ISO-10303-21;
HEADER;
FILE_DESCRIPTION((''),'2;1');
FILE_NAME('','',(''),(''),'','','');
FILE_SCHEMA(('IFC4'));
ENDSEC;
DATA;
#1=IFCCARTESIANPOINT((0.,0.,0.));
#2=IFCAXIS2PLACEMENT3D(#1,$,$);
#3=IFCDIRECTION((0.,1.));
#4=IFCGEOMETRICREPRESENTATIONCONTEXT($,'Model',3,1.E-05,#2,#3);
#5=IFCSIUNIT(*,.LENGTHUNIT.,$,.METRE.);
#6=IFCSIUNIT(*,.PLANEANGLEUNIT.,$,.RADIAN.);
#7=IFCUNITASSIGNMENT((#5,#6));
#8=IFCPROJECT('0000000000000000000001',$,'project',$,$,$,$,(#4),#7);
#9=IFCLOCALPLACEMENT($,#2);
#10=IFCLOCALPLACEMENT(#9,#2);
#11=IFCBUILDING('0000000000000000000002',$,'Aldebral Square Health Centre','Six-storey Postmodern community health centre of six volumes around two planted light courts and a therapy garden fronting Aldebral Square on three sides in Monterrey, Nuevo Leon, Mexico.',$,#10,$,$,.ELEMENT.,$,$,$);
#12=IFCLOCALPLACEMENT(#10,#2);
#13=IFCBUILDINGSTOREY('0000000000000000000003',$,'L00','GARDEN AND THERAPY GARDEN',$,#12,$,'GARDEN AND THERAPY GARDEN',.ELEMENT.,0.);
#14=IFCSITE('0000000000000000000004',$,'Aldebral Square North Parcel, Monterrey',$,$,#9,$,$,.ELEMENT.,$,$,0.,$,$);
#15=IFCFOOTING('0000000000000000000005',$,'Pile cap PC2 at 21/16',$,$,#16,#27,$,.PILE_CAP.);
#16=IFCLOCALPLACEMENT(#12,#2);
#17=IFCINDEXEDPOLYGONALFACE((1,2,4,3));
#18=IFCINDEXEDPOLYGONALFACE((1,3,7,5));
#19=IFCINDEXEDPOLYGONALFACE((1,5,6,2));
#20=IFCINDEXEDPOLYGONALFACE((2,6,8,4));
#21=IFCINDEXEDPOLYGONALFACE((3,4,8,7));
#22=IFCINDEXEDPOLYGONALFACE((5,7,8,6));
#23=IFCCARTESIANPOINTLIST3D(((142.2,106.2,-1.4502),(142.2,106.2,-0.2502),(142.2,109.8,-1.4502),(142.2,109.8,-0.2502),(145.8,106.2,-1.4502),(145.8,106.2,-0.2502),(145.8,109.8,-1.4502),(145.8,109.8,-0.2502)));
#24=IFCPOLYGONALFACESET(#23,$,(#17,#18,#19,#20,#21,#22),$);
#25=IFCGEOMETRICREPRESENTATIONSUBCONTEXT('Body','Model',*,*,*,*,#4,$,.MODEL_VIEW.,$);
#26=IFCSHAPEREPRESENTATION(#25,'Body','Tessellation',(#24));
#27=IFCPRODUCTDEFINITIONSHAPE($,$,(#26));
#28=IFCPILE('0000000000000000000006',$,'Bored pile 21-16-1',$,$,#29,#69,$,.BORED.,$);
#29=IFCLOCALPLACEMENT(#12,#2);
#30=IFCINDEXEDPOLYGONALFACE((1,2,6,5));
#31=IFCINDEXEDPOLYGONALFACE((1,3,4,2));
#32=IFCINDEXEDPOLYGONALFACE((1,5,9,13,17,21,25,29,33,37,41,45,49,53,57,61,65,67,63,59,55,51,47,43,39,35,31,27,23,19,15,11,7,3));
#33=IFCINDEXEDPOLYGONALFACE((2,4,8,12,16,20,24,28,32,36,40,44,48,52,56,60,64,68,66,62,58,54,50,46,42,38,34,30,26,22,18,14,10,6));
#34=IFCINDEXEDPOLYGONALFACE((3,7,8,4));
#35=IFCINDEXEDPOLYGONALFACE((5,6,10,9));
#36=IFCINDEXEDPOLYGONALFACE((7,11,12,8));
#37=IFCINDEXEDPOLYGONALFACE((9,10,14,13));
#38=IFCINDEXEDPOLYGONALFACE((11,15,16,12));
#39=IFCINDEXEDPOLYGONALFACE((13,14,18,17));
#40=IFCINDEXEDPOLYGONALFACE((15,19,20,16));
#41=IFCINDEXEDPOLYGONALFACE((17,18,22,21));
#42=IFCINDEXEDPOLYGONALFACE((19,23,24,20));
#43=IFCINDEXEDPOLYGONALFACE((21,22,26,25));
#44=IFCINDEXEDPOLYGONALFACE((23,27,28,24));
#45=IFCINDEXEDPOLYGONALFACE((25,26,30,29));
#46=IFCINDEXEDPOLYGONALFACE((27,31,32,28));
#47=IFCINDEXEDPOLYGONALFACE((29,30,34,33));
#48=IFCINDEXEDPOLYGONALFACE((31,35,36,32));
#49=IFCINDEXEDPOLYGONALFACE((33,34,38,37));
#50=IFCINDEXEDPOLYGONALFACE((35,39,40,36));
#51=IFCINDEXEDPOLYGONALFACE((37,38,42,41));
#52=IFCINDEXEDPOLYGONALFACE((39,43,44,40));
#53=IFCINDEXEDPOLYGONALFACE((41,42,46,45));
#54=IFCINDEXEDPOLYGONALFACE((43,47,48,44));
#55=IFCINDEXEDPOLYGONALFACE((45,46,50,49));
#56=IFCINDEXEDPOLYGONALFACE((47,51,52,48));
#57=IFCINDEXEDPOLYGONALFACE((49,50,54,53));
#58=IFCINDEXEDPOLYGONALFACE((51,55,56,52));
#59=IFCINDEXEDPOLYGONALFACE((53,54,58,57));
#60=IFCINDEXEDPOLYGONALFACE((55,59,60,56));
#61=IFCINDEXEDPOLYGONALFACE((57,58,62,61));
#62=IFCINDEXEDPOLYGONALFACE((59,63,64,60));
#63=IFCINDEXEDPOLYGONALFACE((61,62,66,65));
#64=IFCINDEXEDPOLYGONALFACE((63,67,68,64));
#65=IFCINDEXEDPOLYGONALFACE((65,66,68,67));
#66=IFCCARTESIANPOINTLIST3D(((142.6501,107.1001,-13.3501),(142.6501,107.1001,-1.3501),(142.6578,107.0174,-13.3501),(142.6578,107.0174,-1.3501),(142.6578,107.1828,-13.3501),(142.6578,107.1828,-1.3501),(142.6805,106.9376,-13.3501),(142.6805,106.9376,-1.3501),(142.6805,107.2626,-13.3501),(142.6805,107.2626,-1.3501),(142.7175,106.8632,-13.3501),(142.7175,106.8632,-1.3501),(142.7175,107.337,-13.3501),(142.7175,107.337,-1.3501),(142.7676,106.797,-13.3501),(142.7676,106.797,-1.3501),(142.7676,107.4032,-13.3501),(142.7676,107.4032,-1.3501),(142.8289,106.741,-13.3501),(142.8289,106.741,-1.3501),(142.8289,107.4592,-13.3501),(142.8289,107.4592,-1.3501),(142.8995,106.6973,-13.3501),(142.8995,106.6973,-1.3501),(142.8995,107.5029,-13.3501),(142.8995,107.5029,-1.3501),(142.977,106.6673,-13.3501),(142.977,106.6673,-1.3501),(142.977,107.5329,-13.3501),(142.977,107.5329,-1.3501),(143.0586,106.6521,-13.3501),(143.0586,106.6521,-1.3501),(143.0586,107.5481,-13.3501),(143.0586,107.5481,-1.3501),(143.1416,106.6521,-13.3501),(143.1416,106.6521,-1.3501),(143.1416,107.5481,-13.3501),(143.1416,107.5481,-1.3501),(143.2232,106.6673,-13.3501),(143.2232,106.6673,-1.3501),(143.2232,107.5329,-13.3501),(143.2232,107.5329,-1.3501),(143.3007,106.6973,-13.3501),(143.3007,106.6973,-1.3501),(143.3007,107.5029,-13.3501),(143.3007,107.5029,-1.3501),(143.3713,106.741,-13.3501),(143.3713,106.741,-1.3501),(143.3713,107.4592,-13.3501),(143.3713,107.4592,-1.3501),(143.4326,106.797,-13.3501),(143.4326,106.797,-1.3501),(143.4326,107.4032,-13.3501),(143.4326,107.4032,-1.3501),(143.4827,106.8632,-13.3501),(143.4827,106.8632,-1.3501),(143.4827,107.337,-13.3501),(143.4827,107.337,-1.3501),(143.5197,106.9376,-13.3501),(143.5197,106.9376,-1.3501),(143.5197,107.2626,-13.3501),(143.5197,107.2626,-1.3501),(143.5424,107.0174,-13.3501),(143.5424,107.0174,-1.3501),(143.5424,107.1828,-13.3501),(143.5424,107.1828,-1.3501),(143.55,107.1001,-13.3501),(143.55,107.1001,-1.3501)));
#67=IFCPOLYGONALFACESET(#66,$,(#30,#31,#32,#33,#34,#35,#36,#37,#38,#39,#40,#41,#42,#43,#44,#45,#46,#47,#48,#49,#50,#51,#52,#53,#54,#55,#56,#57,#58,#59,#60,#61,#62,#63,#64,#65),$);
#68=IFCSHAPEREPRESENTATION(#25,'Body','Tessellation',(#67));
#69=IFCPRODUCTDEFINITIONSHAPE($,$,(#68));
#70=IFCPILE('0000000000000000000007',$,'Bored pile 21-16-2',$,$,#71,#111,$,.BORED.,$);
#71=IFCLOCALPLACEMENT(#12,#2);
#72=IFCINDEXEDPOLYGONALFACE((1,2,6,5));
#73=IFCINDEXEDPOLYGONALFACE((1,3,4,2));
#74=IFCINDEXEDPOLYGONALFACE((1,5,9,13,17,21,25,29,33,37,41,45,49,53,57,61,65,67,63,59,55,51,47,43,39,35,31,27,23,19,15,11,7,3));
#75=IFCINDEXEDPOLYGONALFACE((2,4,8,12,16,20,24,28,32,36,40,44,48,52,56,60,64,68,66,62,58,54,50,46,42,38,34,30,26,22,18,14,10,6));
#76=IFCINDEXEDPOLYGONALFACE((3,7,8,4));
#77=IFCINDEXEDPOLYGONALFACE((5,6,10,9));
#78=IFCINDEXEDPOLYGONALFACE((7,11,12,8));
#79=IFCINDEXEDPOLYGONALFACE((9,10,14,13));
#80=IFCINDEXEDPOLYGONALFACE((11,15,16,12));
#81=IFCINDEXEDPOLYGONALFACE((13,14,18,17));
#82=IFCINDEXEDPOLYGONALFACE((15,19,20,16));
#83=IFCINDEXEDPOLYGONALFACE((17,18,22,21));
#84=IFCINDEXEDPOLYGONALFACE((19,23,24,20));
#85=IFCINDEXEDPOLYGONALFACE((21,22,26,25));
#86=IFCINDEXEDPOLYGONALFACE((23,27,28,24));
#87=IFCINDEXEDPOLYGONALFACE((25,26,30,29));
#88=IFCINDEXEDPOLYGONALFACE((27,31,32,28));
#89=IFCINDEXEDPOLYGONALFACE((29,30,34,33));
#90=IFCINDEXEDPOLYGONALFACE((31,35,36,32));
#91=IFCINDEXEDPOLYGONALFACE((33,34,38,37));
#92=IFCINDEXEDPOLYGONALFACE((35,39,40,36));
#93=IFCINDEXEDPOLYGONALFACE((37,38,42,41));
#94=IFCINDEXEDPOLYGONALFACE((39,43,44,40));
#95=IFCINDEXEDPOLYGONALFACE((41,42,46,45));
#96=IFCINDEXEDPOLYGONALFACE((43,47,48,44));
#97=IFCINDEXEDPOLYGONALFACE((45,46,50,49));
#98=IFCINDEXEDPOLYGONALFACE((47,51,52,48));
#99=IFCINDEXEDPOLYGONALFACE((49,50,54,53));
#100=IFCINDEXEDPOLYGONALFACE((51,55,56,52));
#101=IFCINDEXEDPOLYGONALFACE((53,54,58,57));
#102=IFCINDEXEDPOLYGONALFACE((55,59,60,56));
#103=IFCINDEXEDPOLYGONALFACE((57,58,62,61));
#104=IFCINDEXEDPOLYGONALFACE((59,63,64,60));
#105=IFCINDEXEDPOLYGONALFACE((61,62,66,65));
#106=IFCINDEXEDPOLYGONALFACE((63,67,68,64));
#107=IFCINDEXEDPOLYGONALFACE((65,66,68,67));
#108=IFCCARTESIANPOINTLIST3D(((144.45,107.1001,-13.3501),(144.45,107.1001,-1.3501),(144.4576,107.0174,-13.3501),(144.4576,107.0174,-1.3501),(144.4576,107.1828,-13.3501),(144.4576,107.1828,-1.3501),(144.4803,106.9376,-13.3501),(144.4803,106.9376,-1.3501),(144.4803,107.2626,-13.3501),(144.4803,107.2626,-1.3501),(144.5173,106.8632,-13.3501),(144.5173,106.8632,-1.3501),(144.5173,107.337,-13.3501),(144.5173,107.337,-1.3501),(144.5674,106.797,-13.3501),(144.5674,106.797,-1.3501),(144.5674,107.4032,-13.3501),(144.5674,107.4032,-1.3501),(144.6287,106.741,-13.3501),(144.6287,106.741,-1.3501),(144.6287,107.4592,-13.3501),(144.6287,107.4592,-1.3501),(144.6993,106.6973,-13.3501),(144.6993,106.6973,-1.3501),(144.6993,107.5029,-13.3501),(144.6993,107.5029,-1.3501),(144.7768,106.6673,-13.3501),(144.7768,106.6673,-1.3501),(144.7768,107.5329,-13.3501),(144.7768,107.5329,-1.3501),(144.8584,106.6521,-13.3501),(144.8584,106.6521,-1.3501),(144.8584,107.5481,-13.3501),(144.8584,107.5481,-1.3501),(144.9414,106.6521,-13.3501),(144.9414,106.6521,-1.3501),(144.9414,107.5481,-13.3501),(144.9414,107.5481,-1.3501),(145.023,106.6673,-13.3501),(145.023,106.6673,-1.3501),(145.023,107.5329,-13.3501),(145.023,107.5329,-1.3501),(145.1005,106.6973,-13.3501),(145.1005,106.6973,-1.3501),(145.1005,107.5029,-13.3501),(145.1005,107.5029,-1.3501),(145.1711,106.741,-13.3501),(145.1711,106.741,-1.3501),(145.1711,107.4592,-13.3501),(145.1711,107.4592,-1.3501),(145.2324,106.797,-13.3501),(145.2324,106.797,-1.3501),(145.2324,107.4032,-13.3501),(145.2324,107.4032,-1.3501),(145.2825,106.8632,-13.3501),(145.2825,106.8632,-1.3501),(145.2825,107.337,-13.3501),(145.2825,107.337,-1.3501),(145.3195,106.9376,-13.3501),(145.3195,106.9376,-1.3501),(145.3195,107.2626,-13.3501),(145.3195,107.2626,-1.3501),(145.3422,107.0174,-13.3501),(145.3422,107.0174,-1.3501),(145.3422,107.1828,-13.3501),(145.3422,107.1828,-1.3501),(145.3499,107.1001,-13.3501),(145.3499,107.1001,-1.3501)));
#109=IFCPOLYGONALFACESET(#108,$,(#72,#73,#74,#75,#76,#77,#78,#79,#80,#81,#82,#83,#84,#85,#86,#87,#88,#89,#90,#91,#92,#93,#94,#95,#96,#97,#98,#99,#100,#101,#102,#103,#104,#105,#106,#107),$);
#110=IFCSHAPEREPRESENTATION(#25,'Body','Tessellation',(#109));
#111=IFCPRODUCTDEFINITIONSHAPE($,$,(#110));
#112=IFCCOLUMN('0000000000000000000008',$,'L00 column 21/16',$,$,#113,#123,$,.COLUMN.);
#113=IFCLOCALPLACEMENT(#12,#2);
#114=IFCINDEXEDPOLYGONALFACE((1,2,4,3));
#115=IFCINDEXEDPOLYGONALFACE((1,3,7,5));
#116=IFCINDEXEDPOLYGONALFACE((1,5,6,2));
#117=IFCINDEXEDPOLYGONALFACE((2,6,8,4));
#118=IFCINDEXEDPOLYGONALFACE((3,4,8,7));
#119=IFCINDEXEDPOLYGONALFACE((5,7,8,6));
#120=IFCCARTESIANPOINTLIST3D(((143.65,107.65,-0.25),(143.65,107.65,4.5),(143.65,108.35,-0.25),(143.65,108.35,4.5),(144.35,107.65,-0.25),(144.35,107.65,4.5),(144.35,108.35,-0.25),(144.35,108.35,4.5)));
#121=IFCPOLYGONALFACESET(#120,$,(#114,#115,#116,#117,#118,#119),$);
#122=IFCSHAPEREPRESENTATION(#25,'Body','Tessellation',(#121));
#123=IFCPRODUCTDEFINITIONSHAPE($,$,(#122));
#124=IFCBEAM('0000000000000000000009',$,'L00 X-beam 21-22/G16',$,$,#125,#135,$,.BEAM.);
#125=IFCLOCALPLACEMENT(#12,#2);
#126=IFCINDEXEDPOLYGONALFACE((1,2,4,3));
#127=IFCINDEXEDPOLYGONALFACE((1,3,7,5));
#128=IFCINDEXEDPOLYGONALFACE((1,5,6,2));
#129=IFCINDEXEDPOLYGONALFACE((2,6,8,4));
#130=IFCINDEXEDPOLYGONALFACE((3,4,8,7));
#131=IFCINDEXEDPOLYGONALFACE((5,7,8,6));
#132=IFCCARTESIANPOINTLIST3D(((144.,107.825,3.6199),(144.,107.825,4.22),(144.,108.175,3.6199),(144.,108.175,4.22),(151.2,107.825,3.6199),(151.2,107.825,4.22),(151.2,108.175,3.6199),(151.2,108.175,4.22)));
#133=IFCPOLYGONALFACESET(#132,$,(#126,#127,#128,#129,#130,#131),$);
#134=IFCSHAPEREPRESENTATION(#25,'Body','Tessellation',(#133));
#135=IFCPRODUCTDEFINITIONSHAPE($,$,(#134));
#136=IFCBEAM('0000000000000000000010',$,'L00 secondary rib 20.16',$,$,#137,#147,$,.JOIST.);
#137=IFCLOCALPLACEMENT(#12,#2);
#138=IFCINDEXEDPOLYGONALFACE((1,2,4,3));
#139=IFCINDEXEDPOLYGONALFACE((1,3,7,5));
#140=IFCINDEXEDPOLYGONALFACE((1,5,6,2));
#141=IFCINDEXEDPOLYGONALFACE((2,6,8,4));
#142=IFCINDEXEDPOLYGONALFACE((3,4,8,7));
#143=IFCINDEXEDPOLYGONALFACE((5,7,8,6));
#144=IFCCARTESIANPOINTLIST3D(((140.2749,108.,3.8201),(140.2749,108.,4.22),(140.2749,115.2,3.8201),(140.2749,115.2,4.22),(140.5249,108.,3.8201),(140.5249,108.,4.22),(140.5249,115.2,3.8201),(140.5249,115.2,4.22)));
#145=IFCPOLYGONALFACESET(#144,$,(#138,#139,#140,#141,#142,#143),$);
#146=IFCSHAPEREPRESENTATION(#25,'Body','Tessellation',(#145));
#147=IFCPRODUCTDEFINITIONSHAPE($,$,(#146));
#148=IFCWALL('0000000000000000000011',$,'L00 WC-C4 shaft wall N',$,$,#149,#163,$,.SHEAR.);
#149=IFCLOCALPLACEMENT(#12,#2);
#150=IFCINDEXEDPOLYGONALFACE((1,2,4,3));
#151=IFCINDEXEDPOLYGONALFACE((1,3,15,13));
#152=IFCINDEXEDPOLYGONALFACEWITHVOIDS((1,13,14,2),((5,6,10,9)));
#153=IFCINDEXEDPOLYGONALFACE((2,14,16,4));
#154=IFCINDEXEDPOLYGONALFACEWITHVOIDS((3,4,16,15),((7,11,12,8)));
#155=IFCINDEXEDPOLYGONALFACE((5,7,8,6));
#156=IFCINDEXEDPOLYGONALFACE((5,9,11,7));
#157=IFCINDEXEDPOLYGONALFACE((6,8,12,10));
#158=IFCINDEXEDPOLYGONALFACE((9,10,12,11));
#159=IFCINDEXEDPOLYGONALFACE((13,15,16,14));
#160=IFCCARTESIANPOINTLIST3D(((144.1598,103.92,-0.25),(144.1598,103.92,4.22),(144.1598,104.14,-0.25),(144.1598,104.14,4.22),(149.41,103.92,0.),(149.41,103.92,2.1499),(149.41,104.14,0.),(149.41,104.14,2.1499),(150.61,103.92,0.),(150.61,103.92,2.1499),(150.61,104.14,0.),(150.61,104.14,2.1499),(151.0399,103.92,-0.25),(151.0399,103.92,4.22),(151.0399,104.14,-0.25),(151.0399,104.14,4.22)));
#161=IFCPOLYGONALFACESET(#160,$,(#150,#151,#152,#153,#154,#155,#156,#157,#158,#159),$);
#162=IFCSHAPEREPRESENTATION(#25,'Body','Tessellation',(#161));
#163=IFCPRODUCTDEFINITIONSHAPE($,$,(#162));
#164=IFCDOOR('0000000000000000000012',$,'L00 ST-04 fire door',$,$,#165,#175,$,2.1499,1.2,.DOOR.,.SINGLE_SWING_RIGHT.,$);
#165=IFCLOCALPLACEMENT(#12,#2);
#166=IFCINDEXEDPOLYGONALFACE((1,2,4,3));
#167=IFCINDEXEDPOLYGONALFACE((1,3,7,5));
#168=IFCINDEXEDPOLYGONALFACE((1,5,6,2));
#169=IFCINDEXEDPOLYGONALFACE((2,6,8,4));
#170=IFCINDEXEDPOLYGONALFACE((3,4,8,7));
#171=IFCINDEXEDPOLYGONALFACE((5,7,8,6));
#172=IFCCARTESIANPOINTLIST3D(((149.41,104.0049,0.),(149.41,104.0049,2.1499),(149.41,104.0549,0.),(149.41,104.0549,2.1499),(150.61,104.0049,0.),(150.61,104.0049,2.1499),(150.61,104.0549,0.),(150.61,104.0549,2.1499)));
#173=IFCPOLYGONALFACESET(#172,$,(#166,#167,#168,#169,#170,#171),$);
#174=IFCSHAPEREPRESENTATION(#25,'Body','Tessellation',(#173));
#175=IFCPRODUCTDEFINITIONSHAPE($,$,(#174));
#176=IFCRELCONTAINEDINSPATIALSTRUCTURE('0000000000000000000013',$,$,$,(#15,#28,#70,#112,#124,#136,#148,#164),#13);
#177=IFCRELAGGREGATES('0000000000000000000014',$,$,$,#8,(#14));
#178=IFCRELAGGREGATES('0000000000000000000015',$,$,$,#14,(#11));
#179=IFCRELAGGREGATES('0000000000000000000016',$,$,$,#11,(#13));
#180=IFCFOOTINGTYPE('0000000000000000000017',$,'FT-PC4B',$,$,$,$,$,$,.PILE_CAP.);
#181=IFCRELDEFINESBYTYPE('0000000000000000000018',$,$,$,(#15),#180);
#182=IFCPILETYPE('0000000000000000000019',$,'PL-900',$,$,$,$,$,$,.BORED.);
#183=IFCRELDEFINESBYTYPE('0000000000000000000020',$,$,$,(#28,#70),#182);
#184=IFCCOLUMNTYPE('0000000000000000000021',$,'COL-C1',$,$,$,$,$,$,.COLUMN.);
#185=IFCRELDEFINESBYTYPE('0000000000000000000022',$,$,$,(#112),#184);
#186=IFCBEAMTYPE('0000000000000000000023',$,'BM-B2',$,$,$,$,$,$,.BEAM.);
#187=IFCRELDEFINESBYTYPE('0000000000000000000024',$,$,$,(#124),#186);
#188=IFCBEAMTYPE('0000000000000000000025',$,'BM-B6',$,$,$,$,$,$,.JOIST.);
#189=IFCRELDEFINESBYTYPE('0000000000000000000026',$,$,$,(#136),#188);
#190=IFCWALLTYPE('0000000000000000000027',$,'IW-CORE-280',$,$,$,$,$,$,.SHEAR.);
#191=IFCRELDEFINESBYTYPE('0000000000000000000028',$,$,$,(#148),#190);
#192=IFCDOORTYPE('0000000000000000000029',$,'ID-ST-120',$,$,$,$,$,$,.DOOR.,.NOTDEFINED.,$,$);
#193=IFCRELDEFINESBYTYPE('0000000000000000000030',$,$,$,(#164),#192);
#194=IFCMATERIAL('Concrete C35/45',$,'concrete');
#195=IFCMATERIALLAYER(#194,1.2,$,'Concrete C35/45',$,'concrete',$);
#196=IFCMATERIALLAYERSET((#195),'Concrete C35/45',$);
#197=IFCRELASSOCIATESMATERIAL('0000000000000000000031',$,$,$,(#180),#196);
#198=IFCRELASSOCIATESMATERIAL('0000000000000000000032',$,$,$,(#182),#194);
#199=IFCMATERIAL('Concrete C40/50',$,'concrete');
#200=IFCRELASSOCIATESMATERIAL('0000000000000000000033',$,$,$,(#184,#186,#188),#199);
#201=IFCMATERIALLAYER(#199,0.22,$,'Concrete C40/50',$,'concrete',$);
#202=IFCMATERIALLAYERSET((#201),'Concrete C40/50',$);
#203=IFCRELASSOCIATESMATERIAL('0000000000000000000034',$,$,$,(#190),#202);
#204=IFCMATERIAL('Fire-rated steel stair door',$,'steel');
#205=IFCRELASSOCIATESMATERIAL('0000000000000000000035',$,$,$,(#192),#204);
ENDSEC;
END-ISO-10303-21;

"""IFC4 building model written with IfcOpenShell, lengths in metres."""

from ifc_helpers import new_model, si_unit, direction, frame, frame_2d, origin, origin_2d, place, context, subcontext, project, spatial, rectangle, circle, extrude, material, layer, layer_set, material_profile, profile_set, type_object, element, fill, save


model = new_model("IFC4")

# Units and contexts
model_context = context("Model", 3, precision=1e-05, world=origin(), true_north=direction((0.0, 1.0)))
body_context = subcontext(model_context, "Body", "Model", "MODEL_VIEW")
ifc_project = project(units=[si_unit("LENGTHUNIT", "METRE"), si_unit("PLANEANGLEUNIT", "RADIAN")], contexts=[model_context])

# Site, building, storey
site_placement = place(None, origin())
site = spatial("IfcSite", under=ifc_project, at=site_placement, Name="Aldebral Square North Parcel, Monterrey", CompositionType="ELEMENT", RefElevation=0.0)
building_placement = place(site_placement, origin())
building = spatial("IfcBuilding", under=site, at=building_placement, Name="Aldebral Square Health Centre", Description="Six-storey Postmodern community health centre of six volumes around two planted light courts and a therapy garden fronting Aldebral Square on three sides in Monterrey, Nuevo Leon, Mexico.", CompositionType="ELEMENT")
storey_placement = place(building_placement, origin())
storey = spatial("IfcBuildingStorey", under=building, at=storey_placement, Name="L00", Description="GARDEN AND THERAPY GARDEN", LongName="GARDEN AND THERAPY GARDEN", CompositionType="ELEMENT", Elevation=0.0)

# Footing
ifc_material_1 = material(Name="Concrete C35/45", Category="concrete")
ifc_layer_1 = layer(ifc_material_1, 1.2, Name="Concrete C35/45", Category="concrete")
ifc_layer_set_1 = layer_set([ifc_layer_1], Name="Concrete C35/45")
footing_type = type_object("IfcFootingType", Name="FT-PC4B", PredefinedType="PILE_CAP", material=ifc_layer_set_1)
footing_placement = place(storey_placement, frame((144.0, 108.0, -1.4502), z_axis=(0.0, 0.0, 1.0), x_axis=(1.0, 0.0, 0.0)))
element("IfcFooting", 1, at=footing_placement, inside=storey, type_object=footing_type, Name="Pile cap PC2 at 21/16", PredefinedType="PILE_CAP", context=body_context, shape_type="SweptSolid", body=[
    extrude(rectangle(XDim=3.6001, YDim=3.6001, at=origin_2d()), origin(), (0.0, 0.0, 1.0), 1.2),
])

# Piles
ifc_material_profile_1 = material_profile(ifc_material_1, circle(Radius=0.45, at=origin_2d()), Name="PILE D900")
ifc_profile_set_1 = profile_set([ifc_material_profile_1], Name="Concrete C35/45")
pile_type = type_object("IfcPileType", Name="PL-900", PredefinedType="BORED", material=ifc_profile_set_1)
for number, where, z_axis, x_axis, name in (
    (2, (143.1001, 107.1001, -1.3501), (0.0, 0.0, -1.0), (1.0, 0.0, 0.0), "Bored pile 21-16-1"),
    (3, (144.8999, 107.1001, -1.3501), (0.0, 0.0, -1.0), (1.0, 0.0, 0.0), "Bored pile 21-16-2"),
):
    element("IfcPile", number, at=place(storey_placement, frame(where, z_axis=z_axis, x_axis=x_axis)), inside=storey, type_object=pile_type, Name=name, PredefinedType="BORED", context=body_context, shape_type="SweptSolid", body=[
        extrude(circle(Radius=0.45, at=origin_2d()), origin(), (0.0, 0.0, 1.0), 12.0),
    ])

# Column
ifc_material_2 = material(Name="Concrete C40/50", Category="concrete")
ifc_material_profile_2 = material_profile(ifc_material_2, rectangle(XDim=0.7, YDim=0.7, at=origin_2d()), Name="RC 700x700")
ifc_profile_set_2 = profile_set([ifc_material_profile_2], Name="Concrete C40/50")
column_type = type_object("IfcColumnType", Name="COL-C1", PredefinedType="COLUMN", material=ifc_profile_set_2)
column_placement = place(storey_placement, frame((144.0, 108.0, -0.25), z_axis=(0.0, 0.0, 1.0), x_axis=(1.0, 0.0, 0.0)))
element("IfcColumn", 4, at=column_placement, inside=storey, type_object=column_type, Name="L00 column 21/16", PredefinedType="COLUMN", context=body_context, shape_type="SweptSolid", body=[
    extrude(rectangle(XDim=0.7, YDim=0.7, at=origin_2d()), origin(), (0.0, 0.0, 1.0), 4.75),
])

# Beams
ifc_material_profile_3 = material_profile(ifc_material_2, rectangle(XDim=0.3501, YDim=0.6001, at=origin_2d()), Name="RC 350x600")
ifc_profile_set_3 = profile_set([ifc_material_profile_3], Name="Concrete C40/50")
beam_type_1 = type_object("IfcBeamType", Name="BM-B2", PredefinedType="BEAM", material=ifc_profile_set_3)
beam_1_placement = place(storey_placement, frame((144.0, 108.0, 3.9199), z_axis=(1.0, 0.0, 0.0), x_axis=(0.0, 1.0, 0.0)))
element("IfcBeam", 5, at=beam_1_placement, inside=storey, type_object=beam_type_1, Name="L00 X-beam 21-22/G16", PredefinedType="BEAM", context=body_context, shape_type="SweptSolid", body=[
    extrude(rectangle(XDim=0.3501, YDim=0.6001, at=origin_2d()), origin(), (0.0, 0.0, 1.0), 7.2),
])
ifc_material_profile_4 = material_profile(ifc_material_2, rectangle(XDim=0.25, YDim=0.3999, at=origin_2d()), Name="RC 250x400")
ifc_profile_set_4 = profile_set([ifc_material_profile_4], Name="Concrete C40/50")
beam_type_2 = type_object("IfcBeamType", Name="BM-B6", PredefinedType="JOIST", material=ifc_profile_set_4)
beam_2_placement = place(storey_placement, frame((140.3999, 108.0, 4.02), z_axis=(0.0, 1.0, 0.0), x_axis=(-1.0, 0.0, 0.0)))
element("IfcBeam", 6, at=beam_2_placement, inside=storey, type_object=beam_type_2, Name="L00 secondary rib 20.16", PredefinedType="JOIST", context=body_context, shape_type="SweptSolid", body=[
    extrude(rectangle(XDim=0.25, YDim=0.3999, at=origin_2d()), origin(), (0.0, 0.0, 1.0), 7.2),
])

# Wall, opening, door
ifc_layer_2 = layer(ifc_material_2, 0.22, Name="Concrete C40/50", Category="concrete")
ifc_layer_set_2 = layer_set([ifc_layer_2], Name="Concrete C40/50")
wall_type_1 = type_object("IfcWallType", Name="IW-CORE-280", PredefinedType="SHEAR", material=ifc_layer_set_2)
wall_1_placement = place(storey_placement, frame((144.1599, 104.03, -0.25), z_axis=(0.0, 0.0, 1.0), x_axis=(1.0, 0.0, 0.0)))
wall_1 = element("IfcWall", 7, at=wall_1_placement, inside=storey, type_object=wall_type_1, Name="L00 WC-C4 shaft wall N", PredefinedType="SHEAR", context=body_context, shape_type="SweptSolid", body=[
    extrude(rectangle(XDim=6.8801, YDim=0.22, at=frame_2d((3.4399, 0.0))), origin(), (0.0, 0.0, 1.0), 4.47),
])
opening_1_placement = place(wall_1_placement, frame((5.25, 0.0, 0.25)))
opening_1 = element("IfcOpeningElement", 8, at=opening_1_placement, cuts=wall_1, PredefinedType="OPENING", context=body_context, shape_type="SweptSolid", body=[
    extrude(rectangle(XDim=1.2, YDim=2.1499, at=frame_2d((0.6001, 1.075))), frame((0.0, 0.1201, 0.0), z_axis=(0.0, -1.0, 0.0), x_axis=(1.0, 0.0, 0.0)), (0.0, 0.0, 1.0), 0.24),
])
ifc_material_3 = material(Name="Fire-rated steel stair door", Category="steel")
door_type_1 = type_object("IfcDoorType", Name="ID-ST-120", OperationType="NOTDEFINED", PredefinedType="DOOR", material=ifc_material_3)
door_1_placement = place(opening_1_placement, origin())
door_1 = element("IfcDoor", 9, at=door_1_placement, inside=storey, type_object=door_type_1, Name="L00 ST-04 fire door", OperationType="SINGLE_SWING_RIGHT", OverallHeight=2.1499, OverallWidth=1.2, PredefinedType="DOOR", context=body_context, shape_type="SweptSolid", body=[
    extrude(rectangle(XDim=1.2, YDim=2.1499, at=frame_2d((0.6001, 1.075))), frame((0.0, 0.0249, 0.0), z_axis=(0.0, -1.0, 0.0), x_axis=(1.0, 0.0, 0.0)), (0.0, 0.0, 1.0), 0.05),
])
fill(opening_1, door_1)

save(model, "model.ifc")
